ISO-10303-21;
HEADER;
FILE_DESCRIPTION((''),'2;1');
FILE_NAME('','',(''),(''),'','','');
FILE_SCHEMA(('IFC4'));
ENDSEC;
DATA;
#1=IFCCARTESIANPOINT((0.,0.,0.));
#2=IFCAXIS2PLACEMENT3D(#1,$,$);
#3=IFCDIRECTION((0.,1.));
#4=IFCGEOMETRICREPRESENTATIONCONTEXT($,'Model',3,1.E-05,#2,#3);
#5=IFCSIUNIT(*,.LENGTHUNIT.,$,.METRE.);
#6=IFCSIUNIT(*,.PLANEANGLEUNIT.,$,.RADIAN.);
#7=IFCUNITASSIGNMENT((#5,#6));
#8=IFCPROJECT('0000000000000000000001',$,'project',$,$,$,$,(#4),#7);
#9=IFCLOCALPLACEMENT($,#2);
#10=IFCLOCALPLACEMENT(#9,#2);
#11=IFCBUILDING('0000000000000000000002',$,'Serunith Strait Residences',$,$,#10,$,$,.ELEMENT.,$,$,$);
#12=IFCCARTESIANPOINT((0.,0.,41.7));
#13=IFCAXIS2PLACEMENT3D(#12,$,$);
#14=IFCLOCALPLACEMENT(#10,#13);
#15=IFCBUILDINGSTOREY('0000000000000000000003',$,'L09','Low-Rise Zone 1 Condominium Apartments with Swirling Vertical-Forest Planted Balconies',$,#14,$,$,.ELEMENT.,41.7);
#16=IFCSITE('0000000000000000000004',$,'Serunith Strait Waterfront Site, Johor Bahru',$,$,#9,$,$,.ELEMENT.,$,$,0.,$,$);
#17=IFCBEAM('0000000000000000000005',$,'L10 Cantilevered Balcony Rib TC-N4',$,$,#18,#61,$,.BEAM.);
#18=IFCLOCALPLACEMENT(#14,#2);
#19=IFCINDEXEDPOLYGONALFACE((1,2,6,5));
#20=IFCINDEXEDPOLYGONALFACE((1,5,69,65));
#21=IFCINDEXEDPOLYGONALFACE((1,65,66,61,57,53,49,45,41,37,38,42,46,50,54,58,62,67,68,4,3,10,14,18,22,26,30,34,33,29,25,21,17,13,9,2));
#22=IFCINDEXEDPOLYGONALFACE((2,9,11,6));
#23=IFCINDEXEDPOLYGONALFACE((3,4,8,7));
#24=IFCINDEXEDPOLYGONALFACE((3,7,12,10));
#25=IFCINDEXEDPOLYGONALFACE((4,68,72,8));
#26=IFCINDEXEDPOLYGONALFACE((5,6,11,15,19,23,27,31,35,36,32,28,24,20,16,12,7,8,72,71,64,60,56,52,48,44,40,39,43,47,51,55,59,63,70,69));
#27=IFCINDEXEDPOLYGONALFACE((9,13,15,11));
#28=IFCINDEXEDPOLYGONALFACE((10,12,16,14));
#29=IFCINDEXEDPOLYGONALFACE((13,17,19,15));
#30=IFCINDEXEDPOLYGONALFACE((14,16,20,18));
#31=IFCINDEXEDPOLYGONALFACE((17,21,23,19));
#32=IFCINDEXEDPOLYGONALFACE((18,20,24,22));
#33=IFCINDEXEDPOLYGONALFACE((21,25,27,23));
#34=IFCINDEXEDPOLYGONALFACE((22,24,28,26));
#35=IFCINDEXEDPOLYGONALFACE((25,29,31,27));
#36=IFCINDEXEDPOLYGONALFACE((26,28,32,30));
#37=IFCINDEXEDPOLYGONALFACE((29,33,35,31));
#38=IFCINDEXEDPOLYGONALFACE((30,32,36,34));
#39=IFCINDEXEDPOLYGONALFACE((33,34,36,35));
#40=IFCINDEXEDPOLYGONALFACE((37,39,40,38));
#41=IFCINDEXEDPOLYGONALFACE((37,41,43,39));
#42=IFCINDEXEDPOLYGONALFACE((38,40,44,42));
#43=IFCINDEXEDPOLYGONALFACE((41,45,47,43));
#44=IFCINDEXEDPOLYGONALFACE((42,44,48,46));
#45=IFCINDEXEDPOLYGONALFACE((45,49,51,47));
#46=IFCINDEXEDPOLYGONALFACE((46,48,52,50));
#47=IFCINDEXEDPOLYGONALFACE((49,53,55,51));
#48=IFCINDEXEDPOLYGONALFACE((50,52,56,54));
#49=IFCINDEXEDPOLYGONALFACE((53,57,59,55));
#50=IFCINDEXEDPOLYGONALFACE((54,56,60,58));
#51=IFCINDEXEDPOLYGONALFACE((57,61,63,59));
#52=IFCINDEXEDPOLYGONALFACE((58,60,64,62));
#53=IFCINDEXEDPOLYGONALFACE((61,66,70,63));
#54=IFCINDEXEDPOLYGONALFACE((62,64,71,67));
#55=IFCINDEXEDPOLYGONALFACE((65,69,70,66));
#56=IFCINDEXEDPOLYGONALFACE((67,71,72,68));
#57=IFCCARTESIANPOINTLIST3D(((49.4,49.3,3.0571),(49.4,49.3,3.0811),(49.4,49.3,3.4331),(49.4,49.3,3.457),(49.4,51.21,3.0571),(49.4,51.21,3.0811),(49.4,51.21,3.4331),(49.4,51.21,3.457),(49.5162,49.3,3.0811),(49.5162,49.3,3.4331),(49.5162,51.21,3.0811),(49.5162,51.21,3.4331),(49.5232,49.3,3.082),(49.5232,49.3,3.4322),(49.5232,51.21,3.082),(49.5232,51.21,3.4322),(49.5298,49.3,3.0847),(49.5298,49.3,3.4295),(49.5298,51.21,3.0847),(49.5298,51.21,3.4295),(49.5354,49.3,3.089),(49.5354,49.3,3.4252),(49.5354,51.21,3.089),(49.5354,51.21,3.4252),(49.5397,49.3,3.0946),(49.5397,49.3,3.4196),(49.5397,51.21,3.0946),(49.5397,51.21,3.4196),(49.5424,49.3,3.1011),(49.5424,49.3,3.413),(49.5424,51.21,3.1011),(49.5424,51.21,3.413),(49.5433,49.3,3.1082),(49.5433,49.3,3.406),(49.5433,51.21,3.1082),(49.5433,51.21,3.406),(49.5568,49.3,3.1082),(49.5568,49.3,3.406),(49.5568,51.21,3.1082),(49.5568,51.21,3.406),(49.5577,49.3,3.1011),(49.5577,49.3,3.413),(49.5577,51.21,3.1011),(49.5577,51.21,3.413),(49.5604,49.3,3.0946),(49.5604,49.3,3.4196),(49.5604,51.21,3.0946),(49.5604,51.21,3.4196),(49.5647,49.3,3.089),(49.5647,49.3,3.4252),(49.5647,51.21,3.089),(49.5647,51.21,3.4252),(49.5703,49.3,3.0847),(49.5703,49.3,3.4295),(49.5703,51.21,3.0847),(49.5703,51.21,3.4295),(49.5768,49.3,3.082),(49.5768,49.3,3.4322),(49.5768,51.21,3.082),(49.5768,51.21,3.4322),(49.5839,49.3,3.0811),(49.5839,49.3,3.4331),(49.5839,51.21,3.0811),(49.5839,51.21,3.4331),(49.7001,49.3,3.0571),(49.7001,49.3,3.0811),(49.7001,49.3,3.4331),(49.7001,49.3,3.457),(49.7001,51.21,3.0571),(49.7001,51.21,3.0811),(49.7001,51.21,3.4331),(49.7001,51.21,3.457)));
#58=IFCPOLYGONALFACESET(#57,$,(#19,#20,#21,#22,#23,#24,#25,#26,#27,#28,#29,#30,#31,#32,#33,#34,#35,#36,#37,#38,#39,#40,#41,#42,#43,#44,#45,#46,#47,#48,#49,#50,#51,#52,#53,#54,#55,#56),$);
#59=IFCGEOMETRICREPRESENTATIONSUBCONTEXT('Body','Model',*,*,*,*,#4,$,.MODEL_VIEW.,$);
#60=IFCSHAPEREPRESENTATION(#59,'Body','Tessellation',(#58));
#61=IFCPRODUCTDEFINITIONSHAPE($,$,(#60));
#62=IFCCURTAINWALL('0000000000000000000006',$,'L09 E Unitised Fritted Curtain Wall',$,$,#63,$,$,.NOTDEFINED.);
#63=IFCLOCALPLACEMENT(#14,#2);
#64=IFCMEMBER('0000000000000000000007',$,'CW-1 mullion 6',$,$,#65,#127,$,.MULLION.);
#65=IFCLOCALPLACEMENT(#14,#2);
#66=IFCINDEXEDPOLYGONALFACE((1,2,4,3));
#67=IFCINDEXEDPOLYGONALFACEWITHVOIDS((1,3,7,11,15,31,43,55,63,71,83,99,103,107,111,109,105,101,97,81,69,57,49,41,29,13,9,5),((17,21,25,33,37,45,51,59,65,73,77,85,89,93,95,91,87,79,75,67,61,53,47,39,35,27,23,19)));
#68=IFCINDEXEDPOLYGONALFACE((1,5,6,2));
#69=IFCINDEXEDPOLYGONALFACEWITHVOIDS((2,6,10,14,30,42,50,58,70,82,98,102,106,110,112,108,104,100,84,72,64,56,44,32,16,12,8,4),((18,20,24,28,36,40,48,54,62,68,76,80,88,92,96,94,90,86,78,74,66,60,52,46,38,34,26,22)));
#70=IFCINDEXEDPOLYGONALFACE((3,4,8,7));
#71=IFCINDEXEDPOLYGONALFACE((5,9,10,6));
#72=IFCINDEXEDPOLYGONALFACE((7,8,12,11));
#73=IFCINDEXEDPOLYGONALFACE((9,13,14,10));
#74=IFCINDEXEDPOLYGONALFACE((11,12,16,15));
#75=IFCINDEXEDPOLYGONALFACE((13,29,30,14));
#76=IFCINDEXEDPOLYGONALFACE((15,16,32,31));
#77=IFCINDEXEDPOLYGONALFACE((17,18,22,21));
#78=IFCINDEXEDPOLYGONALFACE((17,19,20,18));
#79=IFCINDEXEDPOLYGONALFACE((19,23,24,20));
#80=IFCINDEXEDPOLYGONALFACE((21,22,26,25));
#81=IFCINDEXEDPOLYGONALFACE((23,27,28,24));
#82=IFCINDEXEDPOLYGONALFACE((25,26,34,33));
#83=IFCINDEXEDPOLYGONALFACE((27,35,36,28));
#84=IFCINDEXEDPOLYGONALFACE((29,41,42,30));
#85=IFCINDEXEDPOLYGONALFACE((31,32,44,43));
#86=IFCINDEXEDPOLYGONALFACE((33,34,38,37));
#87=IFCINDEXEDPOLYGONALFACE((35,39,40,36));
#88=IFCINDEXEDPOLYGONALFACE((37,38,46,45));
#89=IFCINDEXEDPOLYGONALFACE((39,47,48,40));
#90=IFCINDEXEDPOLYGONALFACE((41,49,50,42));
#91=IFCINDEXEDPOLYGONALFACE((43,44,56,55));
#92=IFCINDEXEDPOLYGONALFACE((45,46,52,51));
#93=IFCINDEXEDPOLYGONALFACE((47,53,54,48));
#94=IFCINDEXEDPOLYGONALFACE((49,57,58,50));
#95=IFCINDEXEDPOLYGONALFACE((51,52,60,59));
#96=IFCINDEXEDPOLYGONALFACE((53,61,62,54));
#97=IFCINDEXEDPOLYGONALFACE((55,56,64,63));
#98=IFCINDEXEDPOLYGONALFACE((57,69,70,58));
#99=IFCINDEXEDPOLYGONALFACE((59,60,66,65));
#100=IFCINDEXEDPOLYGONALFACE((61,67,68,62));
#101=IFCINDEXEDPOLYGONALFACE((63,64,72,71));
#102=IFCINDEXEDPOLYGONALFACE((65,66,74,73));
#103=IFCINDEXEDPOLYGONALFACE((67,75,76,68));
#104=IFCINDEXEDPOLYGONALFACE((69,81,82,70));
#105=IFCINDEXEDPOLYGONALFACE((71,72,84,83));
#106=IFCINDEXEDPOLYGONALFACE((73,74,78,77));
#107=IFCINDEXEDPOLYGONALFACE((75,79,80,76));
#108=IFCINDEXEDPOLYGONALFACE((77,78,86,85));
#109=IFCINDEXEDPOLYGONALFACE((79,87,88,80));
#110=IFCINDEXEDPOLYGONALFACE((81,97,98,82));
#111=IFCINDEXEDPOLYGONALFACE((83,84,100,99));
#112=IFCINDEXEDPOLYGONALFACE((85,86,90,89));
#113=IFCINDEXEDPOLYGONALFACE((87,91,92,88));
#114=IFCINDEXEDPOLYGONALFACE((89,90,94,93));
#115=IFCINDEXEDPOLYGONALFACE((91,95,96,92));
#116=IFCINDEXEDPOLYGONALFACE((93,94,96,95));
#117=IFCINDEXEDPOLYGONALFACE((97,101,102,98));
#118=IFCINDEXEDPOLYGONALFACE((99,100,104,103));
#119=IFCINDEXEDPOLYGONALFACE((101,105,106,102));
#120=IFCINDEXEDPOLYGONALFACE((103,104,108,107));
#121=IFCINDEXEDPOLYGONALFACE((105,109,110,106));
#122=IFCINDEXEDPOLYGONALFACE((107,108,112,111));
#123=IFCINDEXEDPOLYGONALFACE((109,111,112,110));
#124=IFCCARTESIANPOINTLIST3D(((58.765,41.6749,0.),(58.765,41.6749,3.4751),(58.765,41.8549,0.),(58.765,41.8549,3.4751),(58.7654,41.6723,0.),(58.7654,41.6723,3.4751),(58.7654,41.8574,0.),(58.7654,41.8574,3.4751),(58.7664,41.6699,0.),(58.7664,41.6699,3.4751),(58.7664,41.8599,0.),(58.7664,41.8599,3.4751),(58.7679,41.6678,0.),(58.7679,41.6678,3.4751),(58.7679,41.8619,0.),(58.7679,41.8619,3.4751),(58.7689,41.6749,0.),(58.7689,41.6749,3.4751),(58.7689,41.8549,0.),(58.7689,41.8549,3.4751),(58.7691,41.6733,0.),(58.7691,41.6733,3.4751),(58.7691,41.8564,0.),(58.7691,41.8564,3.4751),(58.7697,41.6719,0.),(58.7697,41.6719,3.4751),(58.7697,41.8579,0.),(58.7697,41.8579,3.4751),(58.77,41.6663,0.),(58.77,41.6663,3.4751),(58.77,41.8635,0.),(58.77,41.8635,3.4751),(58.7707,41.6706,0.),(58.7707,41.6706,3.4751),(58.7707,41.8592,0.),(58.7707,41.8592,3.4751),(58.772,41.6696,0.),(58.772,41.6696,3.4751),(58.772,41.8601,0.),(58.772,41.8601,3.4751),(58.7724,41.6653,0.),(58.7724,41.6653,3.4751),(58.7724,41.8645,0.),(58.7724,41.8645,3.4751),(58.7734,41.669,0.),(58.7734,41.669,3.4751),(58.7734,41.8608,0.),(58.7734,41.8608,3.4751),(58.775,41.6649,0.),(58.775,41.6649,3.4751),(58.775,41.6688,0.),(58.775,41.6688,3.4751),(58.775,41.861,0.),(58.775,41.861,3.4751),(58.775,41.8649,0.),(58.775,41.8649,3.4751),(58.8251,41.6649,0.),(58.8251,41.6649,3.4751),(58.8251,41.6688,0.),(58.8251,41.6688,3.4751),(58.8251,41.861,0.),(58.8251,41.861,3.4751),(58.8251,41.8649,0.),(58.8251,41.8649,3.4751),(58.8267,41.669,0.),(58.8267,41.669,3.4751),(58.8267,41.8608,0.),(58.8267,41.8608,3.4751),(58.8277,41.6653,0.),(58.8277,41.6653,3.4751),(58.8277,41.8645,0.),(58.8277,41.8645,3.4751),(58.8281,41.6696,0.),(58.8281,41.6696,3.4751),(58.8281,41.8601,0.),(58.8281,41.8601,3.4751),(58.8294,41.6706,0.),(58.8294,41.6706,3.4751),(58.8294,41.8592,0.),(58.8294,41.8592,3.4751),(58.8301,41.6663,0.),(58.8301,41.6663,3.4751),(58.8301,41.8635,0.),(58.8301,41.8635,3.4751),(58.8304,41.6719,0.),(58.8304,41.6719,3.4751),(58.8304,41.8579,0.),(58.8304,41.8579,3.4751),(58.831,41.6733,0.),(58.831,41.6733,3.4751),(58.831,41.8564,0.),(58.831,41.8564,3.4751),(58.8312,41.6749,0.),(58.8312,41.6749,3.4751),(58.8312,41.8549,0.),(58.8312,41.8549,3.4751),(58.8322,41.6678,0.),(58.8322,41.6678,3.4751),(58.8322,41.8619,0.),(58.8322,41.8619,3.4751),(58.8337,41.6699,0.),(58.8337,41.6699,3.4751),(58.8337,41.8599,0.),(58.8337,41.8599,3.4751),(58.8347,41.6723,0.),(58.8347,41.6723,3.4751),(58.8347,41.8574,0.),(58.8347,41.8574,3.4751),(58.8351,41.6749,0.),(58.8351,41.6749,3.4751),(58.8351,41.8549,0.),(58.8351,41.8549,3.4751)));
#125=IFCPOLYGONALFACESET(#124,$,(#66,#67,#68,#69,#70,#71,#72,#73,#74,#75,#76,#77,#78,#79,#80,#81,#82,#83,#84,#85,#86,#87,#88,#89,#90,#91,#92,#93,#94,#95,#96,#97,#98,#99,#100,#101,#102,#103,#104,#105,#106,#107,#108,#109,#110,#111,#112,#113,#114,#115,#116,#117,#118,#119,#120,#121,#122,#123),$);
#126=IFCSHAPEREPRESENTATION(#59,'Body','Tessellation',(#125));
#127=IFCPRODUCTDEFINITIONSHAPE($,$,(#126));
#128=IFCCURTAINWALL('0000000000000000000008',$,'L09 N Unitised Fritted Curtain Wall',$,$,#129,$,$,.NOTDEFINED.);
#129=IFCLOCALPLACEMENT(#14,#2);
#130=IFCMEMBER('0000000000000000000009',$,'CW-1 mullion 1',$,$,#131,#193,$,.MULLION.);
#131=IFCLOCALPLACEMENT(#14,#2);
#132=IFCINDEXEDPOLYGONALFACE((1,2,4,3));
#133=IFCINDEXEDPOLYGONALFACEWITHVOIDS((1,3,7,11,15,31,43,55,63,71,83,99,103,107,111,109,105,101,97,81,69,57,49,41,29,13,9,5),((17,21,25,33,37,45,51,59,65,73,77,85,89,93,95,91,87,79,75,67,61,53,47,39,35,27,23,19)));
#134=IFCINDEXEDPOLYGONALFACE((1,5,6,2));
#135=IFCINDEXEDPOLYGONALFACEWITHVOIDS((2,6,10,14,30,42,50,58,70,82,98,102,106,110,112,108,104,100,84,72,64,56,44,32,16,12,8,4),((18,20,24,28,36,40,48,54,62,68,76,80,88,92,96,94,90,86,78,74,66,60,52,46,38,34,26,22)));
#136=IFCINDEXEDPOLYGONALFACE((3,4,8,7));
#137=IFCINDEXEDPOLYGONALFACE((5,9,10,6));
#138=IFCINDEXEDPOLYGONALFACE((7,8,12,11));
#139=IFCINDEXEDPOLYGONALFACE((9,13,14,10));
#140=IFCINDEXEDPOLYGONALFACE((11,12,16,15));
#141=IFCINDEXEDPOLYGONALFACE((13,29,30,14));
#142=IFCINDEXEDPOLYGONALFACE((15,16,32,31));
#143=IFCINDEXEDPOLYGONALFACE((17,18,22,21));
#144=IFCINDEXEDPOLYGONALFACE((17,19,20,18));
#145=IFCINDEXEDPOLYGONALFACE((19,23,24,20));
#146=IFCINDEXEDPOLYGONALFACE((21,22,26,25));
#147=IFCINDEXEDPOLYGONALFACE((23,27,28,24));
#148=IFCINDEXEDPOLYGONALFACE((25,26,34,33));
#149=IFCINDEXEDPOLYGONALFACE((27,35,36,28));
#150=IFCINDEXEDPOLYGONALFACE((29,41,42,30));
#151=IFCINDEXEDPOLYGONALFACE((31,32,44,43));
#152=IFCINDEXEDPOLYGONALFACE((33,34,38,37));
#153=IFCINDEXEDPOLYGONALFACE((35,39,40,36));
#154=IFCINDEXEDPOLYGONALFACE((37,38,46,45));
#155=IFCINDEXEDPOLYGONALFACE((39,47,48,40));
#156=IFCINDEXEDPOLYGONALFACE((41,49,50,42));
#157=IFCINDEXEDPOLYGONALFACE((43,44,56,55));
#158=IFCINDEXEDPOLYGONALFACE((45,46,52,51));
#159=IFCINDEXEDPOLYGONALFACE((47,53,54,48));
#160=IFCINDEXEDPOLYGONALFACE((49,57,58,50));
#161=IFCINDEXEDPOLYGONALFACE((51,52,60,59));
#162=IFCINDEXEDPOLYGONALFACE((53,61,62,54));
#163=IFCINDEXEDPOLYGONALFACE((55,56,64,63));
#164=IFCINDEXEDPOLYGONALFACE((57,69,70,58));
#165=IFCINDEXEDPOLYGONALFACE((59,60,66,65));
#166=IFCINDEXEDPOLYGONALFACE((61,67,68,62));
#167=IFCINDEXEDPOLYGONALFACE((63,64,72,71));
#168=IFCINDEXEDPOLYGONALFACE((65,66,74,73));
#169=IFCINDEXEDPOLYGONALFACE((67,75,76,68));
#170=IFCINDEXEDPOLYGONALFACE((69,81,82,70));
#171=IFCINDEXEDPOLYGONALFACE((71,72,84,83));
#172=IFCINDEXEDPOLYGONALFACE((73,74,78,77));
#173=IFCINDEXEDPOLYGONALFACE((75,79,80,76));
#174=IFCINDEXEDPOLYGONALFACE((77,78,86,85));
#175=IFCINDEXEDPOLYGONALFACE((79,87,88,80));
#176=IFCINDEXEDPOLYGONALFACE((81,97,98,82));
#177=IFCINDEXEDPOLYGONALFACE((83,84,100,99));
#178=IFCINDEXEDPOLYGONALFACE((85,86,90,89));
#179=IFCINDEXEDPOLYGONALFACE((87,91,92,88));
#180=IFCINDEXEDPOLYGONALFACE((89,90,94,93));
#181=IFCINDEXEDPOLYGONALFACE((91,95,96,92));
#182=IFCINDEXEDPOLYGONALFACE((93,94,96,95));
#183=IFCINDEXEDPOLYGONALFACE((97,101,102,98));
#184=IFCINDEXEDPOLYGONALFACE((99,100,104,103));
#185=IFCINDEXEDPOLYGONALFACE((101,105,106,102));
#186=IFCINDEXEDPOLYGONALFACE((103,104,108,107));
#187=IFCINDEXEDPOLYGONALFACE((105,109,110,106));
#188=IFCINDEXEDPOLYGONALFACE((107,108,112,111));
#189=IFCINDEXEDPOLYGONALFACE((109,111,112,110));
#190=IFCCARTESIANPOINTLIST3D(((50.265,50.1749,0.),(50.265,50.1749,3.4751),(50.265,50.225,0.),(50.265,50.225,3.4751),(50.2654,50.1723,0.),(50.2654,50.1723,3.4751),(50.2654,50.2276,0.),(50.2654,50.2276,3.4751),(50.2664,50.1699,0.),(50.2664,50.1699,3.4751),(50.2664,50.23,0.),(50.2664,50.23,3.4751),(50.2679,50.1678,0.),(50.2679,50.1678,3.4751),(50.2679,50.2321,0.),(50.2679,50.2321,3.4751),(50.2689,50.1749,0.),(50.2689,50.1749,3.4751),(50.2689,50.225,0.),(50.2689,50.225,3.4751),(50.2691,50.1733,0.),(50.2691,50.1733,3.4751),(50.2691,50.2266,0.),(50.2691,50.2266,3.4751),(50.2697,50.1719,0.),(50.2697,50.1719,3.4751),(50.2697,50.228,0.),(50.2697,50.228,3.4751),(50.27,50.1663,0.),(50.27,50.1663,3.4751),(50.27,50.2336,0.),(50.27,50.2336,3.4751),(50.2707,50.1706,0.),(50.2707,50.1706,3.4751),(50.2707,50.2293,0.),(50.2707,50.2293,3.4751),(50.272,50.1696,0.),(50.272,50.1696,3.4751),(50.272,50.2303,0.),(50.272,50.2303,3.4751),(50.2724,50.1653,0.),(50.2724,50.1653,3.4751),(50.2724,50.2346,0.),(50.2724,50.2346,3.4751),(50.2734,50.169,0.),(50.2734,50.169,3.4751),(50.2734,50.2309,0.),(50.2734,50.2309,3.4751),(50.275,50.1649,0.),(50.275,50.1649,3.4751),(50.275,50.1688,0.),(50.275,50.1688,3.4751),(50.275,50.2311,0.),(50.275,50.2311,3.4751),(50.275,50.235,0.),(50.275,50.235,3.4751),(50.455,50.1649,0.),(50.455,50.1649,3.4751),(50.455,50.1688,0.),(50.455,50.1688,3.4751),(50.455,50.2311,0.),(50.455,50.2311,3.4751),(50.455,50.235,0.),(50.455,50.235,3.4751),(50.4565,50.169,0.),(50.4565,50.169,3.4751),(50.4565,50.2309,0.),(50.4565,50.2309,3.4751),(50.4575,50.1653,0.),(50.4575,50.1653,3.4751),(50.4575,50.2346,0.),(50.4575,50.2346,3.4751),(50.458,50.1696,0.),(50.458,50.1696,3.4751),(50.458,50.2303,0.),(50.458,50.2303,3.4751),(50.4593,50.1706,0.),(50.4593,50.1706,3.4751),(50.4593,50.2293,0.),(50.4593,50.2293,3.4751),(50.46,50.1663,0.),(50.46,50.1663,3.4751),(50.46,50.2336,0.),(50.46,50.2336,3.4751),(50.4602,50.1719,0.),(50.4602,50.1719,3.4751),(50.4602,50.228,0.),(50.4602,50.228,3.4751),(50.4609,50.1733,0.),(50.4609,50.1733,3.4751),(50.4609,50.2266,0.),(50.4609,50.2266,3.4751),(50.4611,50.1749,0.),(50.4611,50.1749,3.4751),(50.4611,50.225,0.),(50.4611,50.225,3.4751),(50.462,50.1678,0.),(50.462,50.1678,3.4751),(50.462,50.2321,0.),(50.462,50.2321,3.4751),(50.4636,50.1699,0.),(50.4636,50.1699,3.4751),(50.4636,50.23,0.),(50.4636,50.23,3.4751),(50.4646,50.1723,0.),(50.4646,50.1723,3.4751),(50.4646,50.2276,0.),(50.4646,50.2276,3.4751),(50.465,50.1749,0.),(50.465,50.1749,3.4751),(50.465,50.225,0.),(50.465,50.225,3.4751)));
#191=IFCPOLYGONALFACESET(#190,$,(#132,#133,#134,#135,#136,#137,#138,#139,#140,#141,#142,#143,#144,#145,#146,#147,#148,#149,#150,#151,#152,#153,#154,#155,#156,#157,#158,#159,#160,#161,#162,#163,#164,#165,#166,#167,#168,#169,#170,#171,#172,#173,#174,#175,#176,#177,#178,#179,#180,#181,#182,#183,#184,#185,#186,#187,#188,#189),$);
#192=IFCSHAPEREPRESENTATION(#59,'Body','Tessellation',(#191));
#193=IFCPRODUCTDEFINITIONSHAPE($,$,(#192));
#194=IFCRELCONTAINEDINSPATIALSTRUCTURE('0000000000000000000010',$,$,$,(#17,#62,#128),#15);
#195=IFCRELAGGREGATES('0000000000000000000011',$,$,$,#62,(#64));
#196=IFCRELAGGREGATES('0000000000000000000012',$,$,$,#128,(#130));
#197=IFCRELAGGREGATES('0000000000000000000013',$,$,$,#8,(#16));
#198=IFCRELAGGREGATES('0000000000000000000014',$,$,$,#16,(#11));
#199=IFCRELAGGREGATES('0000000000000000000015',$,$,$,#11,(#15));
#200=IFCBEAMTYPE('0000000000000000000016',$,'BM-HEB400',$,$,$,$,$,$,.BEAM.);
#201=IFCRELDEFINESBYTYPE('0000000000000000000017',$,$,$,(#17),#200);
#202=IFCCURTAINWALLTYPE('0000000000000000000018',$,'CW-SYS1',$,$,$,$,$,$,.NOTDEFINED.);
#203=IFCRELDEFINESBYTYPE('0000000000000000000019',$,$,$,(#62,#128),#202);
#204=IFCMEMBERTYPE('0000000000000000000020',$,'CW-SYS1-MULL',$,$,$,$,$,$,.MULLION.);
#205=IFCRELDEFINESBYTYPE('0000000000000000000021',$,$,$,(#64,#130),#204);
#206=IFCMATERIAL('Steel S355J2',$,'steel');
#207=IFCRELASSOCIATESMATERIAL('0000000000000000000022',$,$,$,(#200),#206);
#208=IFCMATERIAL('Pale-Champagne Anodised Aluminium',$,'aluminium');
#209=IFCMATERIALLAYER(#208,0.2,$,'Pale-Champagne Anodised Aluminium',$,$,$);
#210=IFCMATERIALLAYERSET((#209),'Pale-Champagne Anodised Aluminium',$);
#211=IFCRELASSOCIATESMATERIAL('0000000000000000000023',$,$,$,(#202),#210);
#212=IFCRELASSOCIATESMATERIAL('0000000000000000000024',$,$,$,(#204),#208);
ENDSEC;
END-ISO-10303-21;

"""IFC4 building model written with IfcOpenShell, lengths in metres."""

from ifc_helpers import new_model, si_unit, direction, frame, origin, origin_2d, place, context, subcontext, project, spatial, hollow_rectangle, i_section, extrude, source, transform, mapped, material, layer, layer_set, material_profile, profile_set, type_object, element, aggregate, save


model = new_model("IFC4")

# Units and contexts
model_context = context("Model", 3, precision=1e-05, world=origin(), true_north=direction((0.0, 1.0)))
body_context = subcontext(model_context, "Body", "Model", "MODEL_VIEW")
ifc_project = project(units=[si_unit("LENGTHUNIT", "METRE"), si_unit("PLANEANGLEUNIT", "RADIAN")], contexts=[model_context])

# Site, building, storey
site_placement = place(None, origin())
site = spatial("IfcSite", under=ifc_project, at=site_placement, Name="Serunith Strait Waterfront Site, Johor Bahru", CompositionType="ELEMENT", RefElevation=0.0)
building_placement = place(site_placement, origin())
building = spatial("IfcBuilding", under=site, at=building_placement, Name="Serunith Strait Residences", CompositionType="ELEMENT")
storey_placement = place(building_placement, frame((0.0, 0.0, 41.7)))
storey = spatial("IfcBuildingStorey", under=building, at=storey_placement, Name="L09", Description="Low-Rise Zone 1 Condominium Apartments with Swirling Vertical-Forest Planted Balconies", CompositionType="ELEMENT", Elevation=41.7)

# Beam
ifc_material_1 = material(Name="Steel S355J2", Category="steel")
ifc_material_profile_1 = material_profile(ifc_material_1, i_section(OverallWidth=0.3, OverallDepth=0.3999, WebThickness=0.0134, FlangeThickness=0.0239, FilletRadius=0.0271, at=origin_2d()), Name="HEB 400")
ifc_profile_set_1 = profile_set([ifc_material_profile_1], Name="Steel S355J2")
beam_type_1 = type_object("IfcBeamType", Name="BM-HEB400", PredefinedType="BEAM", material=ifc_profile_set_1)
shared_shape_1 = source(origin(), body_context, "Body", "SweptSolid", [
    extrude(i_section(OverallWidth=0.3, OverallDepth=0.3999, WebThickness=0.0134, FlangeThickness=0.0239, FilletRadius=0.0271, at=origin_2d()), origin(), (0.0, 0.0, 1.0), 1.9099),
])
beam_1_placement = place(storey_placement, frame((49.55, 49.3, 3.2571), z_axis=(0.0, 1.0, 0.0), x_axis=(-1.0, 0.0, 0.0)))
element("IfcBeam", 1, at=beam_1_placement, inside=storey, type_object=beam_type_1, Name="L10 Cantilevered Balcony Rib TC-N4", PredefinedType="BEAM", context=body_context, shape_type="MappedRepresentation", body=[
    mapped(shared_shape_1, transform((0.0, 0.0, 0.0), scale=1.0)),
])

# Curtain wall, member
ifc_material_2 = material(Name="Pale-Champagne Anodised Aluminium", Category="aluminium")
ifc_layer_1 = layer(ifc_material_2, 0.2, Name="Pale-Champagne Anodised Aluminium")
ifc_layer_set_1 = layer_set([ifc_layer_1], Name="Pale-Champagne Anodised Aluminium")
curtain_wall_type = type_object("IfcCurtainWallType", Name="CW-SYS1", PredefinedType="NOTDEFINED", material=ifc_layer_set_1)
curtain_wall_1_placement = place(storey_placement, origin())
curtain_wall_1 = element("IfcCurtainWall", 2, at=curtain_wall_1_placement, inside=storey, type_object=curtain_wall_type, Name="L09 E Unitised Fritted Curtain Wall", PredefinedType="NOTDEFINED")
ifc_material_profile_2 = material_profile(ifc_material_2, hollow_rectangle(XDim=0.0701, YDim=0.2, WallThickness=0.0039, InnerFilletRadius=0.0061, OuterFilletRadius=0.01, at=origin_2d()), Name="ALU 200x70x4")
ifc_profile_set_2 = profile_set([ifc_material_profile_2], Name="Pale-Champagne Anodised Aluminium")
member_type_1 = type_object("IfcMemberType", Name="CW-SYS1-MULL", PredefinedType="MULLION", material=ifc_profile_set_2)
shared_shape_2 = source(origin(), body_context, "Body", "SweptSolid", [
    extrude(hollow_rectangle(XDim=0.0701, YDim=0.2, WallThickness=0.0039, InnerFilletRadius=0.0061, OuterFilletRadius=0.01, at=origin_2d()), origin(), (0.0, 0.0, 1.0), 3.4751),
])
member_1_placement = place(storey_placement, frame((58.8, 41.7649, 0.0), z_axis=(0.0, 0.0, 1.0), x_axis=(-1.0, 0.0, 0.0)))
member_1 = element("IfcMember", 3, at=member_1_placement, type_object=member_type_1, Name="CW-1 mullion 6", PredefinedType="MULLION", context=body_context, shape_type="MappedRepresentation", body=[
    mapped(shared_shape_2, transform((0.0, 0.0, 0.0), scale=1.0)),
])
aggregate(curtain_wall_1, [member_1])

# Curtain wall, member
curtain_wall_2_placement = place(storey_placement, origin())
curtain_wall_2 = element("IfcCurtainWall", 4, at=curtain_wall_2_placement, inside=storey, type_object=curtain_wall_type, Name="L09 N Unitised Fritted Curtain Wall", PredefinedType="NOTDEFINED")
member_2_placement = place(storey_placement, frame((50.365, 50.2, 0.0), z_axis=(0.0, 0.0, 1.0), x_axis=(0.0, -1.0, 0.0)))
member_2 = element("IfcMember", 5, at=member_2_placement, type_object=member_type_1, Name="CW-1 mullion 1", PredefinedType="MULLION", context=body_context, shape_type="MappedRepresentation", body=[
    mapped(shared_shape_2, transform((0.0, 0.0, 0.0), scale=1.0)),
])
aggregate(curtain_wall_2, [member_2])

save(model, "model.ifc")
